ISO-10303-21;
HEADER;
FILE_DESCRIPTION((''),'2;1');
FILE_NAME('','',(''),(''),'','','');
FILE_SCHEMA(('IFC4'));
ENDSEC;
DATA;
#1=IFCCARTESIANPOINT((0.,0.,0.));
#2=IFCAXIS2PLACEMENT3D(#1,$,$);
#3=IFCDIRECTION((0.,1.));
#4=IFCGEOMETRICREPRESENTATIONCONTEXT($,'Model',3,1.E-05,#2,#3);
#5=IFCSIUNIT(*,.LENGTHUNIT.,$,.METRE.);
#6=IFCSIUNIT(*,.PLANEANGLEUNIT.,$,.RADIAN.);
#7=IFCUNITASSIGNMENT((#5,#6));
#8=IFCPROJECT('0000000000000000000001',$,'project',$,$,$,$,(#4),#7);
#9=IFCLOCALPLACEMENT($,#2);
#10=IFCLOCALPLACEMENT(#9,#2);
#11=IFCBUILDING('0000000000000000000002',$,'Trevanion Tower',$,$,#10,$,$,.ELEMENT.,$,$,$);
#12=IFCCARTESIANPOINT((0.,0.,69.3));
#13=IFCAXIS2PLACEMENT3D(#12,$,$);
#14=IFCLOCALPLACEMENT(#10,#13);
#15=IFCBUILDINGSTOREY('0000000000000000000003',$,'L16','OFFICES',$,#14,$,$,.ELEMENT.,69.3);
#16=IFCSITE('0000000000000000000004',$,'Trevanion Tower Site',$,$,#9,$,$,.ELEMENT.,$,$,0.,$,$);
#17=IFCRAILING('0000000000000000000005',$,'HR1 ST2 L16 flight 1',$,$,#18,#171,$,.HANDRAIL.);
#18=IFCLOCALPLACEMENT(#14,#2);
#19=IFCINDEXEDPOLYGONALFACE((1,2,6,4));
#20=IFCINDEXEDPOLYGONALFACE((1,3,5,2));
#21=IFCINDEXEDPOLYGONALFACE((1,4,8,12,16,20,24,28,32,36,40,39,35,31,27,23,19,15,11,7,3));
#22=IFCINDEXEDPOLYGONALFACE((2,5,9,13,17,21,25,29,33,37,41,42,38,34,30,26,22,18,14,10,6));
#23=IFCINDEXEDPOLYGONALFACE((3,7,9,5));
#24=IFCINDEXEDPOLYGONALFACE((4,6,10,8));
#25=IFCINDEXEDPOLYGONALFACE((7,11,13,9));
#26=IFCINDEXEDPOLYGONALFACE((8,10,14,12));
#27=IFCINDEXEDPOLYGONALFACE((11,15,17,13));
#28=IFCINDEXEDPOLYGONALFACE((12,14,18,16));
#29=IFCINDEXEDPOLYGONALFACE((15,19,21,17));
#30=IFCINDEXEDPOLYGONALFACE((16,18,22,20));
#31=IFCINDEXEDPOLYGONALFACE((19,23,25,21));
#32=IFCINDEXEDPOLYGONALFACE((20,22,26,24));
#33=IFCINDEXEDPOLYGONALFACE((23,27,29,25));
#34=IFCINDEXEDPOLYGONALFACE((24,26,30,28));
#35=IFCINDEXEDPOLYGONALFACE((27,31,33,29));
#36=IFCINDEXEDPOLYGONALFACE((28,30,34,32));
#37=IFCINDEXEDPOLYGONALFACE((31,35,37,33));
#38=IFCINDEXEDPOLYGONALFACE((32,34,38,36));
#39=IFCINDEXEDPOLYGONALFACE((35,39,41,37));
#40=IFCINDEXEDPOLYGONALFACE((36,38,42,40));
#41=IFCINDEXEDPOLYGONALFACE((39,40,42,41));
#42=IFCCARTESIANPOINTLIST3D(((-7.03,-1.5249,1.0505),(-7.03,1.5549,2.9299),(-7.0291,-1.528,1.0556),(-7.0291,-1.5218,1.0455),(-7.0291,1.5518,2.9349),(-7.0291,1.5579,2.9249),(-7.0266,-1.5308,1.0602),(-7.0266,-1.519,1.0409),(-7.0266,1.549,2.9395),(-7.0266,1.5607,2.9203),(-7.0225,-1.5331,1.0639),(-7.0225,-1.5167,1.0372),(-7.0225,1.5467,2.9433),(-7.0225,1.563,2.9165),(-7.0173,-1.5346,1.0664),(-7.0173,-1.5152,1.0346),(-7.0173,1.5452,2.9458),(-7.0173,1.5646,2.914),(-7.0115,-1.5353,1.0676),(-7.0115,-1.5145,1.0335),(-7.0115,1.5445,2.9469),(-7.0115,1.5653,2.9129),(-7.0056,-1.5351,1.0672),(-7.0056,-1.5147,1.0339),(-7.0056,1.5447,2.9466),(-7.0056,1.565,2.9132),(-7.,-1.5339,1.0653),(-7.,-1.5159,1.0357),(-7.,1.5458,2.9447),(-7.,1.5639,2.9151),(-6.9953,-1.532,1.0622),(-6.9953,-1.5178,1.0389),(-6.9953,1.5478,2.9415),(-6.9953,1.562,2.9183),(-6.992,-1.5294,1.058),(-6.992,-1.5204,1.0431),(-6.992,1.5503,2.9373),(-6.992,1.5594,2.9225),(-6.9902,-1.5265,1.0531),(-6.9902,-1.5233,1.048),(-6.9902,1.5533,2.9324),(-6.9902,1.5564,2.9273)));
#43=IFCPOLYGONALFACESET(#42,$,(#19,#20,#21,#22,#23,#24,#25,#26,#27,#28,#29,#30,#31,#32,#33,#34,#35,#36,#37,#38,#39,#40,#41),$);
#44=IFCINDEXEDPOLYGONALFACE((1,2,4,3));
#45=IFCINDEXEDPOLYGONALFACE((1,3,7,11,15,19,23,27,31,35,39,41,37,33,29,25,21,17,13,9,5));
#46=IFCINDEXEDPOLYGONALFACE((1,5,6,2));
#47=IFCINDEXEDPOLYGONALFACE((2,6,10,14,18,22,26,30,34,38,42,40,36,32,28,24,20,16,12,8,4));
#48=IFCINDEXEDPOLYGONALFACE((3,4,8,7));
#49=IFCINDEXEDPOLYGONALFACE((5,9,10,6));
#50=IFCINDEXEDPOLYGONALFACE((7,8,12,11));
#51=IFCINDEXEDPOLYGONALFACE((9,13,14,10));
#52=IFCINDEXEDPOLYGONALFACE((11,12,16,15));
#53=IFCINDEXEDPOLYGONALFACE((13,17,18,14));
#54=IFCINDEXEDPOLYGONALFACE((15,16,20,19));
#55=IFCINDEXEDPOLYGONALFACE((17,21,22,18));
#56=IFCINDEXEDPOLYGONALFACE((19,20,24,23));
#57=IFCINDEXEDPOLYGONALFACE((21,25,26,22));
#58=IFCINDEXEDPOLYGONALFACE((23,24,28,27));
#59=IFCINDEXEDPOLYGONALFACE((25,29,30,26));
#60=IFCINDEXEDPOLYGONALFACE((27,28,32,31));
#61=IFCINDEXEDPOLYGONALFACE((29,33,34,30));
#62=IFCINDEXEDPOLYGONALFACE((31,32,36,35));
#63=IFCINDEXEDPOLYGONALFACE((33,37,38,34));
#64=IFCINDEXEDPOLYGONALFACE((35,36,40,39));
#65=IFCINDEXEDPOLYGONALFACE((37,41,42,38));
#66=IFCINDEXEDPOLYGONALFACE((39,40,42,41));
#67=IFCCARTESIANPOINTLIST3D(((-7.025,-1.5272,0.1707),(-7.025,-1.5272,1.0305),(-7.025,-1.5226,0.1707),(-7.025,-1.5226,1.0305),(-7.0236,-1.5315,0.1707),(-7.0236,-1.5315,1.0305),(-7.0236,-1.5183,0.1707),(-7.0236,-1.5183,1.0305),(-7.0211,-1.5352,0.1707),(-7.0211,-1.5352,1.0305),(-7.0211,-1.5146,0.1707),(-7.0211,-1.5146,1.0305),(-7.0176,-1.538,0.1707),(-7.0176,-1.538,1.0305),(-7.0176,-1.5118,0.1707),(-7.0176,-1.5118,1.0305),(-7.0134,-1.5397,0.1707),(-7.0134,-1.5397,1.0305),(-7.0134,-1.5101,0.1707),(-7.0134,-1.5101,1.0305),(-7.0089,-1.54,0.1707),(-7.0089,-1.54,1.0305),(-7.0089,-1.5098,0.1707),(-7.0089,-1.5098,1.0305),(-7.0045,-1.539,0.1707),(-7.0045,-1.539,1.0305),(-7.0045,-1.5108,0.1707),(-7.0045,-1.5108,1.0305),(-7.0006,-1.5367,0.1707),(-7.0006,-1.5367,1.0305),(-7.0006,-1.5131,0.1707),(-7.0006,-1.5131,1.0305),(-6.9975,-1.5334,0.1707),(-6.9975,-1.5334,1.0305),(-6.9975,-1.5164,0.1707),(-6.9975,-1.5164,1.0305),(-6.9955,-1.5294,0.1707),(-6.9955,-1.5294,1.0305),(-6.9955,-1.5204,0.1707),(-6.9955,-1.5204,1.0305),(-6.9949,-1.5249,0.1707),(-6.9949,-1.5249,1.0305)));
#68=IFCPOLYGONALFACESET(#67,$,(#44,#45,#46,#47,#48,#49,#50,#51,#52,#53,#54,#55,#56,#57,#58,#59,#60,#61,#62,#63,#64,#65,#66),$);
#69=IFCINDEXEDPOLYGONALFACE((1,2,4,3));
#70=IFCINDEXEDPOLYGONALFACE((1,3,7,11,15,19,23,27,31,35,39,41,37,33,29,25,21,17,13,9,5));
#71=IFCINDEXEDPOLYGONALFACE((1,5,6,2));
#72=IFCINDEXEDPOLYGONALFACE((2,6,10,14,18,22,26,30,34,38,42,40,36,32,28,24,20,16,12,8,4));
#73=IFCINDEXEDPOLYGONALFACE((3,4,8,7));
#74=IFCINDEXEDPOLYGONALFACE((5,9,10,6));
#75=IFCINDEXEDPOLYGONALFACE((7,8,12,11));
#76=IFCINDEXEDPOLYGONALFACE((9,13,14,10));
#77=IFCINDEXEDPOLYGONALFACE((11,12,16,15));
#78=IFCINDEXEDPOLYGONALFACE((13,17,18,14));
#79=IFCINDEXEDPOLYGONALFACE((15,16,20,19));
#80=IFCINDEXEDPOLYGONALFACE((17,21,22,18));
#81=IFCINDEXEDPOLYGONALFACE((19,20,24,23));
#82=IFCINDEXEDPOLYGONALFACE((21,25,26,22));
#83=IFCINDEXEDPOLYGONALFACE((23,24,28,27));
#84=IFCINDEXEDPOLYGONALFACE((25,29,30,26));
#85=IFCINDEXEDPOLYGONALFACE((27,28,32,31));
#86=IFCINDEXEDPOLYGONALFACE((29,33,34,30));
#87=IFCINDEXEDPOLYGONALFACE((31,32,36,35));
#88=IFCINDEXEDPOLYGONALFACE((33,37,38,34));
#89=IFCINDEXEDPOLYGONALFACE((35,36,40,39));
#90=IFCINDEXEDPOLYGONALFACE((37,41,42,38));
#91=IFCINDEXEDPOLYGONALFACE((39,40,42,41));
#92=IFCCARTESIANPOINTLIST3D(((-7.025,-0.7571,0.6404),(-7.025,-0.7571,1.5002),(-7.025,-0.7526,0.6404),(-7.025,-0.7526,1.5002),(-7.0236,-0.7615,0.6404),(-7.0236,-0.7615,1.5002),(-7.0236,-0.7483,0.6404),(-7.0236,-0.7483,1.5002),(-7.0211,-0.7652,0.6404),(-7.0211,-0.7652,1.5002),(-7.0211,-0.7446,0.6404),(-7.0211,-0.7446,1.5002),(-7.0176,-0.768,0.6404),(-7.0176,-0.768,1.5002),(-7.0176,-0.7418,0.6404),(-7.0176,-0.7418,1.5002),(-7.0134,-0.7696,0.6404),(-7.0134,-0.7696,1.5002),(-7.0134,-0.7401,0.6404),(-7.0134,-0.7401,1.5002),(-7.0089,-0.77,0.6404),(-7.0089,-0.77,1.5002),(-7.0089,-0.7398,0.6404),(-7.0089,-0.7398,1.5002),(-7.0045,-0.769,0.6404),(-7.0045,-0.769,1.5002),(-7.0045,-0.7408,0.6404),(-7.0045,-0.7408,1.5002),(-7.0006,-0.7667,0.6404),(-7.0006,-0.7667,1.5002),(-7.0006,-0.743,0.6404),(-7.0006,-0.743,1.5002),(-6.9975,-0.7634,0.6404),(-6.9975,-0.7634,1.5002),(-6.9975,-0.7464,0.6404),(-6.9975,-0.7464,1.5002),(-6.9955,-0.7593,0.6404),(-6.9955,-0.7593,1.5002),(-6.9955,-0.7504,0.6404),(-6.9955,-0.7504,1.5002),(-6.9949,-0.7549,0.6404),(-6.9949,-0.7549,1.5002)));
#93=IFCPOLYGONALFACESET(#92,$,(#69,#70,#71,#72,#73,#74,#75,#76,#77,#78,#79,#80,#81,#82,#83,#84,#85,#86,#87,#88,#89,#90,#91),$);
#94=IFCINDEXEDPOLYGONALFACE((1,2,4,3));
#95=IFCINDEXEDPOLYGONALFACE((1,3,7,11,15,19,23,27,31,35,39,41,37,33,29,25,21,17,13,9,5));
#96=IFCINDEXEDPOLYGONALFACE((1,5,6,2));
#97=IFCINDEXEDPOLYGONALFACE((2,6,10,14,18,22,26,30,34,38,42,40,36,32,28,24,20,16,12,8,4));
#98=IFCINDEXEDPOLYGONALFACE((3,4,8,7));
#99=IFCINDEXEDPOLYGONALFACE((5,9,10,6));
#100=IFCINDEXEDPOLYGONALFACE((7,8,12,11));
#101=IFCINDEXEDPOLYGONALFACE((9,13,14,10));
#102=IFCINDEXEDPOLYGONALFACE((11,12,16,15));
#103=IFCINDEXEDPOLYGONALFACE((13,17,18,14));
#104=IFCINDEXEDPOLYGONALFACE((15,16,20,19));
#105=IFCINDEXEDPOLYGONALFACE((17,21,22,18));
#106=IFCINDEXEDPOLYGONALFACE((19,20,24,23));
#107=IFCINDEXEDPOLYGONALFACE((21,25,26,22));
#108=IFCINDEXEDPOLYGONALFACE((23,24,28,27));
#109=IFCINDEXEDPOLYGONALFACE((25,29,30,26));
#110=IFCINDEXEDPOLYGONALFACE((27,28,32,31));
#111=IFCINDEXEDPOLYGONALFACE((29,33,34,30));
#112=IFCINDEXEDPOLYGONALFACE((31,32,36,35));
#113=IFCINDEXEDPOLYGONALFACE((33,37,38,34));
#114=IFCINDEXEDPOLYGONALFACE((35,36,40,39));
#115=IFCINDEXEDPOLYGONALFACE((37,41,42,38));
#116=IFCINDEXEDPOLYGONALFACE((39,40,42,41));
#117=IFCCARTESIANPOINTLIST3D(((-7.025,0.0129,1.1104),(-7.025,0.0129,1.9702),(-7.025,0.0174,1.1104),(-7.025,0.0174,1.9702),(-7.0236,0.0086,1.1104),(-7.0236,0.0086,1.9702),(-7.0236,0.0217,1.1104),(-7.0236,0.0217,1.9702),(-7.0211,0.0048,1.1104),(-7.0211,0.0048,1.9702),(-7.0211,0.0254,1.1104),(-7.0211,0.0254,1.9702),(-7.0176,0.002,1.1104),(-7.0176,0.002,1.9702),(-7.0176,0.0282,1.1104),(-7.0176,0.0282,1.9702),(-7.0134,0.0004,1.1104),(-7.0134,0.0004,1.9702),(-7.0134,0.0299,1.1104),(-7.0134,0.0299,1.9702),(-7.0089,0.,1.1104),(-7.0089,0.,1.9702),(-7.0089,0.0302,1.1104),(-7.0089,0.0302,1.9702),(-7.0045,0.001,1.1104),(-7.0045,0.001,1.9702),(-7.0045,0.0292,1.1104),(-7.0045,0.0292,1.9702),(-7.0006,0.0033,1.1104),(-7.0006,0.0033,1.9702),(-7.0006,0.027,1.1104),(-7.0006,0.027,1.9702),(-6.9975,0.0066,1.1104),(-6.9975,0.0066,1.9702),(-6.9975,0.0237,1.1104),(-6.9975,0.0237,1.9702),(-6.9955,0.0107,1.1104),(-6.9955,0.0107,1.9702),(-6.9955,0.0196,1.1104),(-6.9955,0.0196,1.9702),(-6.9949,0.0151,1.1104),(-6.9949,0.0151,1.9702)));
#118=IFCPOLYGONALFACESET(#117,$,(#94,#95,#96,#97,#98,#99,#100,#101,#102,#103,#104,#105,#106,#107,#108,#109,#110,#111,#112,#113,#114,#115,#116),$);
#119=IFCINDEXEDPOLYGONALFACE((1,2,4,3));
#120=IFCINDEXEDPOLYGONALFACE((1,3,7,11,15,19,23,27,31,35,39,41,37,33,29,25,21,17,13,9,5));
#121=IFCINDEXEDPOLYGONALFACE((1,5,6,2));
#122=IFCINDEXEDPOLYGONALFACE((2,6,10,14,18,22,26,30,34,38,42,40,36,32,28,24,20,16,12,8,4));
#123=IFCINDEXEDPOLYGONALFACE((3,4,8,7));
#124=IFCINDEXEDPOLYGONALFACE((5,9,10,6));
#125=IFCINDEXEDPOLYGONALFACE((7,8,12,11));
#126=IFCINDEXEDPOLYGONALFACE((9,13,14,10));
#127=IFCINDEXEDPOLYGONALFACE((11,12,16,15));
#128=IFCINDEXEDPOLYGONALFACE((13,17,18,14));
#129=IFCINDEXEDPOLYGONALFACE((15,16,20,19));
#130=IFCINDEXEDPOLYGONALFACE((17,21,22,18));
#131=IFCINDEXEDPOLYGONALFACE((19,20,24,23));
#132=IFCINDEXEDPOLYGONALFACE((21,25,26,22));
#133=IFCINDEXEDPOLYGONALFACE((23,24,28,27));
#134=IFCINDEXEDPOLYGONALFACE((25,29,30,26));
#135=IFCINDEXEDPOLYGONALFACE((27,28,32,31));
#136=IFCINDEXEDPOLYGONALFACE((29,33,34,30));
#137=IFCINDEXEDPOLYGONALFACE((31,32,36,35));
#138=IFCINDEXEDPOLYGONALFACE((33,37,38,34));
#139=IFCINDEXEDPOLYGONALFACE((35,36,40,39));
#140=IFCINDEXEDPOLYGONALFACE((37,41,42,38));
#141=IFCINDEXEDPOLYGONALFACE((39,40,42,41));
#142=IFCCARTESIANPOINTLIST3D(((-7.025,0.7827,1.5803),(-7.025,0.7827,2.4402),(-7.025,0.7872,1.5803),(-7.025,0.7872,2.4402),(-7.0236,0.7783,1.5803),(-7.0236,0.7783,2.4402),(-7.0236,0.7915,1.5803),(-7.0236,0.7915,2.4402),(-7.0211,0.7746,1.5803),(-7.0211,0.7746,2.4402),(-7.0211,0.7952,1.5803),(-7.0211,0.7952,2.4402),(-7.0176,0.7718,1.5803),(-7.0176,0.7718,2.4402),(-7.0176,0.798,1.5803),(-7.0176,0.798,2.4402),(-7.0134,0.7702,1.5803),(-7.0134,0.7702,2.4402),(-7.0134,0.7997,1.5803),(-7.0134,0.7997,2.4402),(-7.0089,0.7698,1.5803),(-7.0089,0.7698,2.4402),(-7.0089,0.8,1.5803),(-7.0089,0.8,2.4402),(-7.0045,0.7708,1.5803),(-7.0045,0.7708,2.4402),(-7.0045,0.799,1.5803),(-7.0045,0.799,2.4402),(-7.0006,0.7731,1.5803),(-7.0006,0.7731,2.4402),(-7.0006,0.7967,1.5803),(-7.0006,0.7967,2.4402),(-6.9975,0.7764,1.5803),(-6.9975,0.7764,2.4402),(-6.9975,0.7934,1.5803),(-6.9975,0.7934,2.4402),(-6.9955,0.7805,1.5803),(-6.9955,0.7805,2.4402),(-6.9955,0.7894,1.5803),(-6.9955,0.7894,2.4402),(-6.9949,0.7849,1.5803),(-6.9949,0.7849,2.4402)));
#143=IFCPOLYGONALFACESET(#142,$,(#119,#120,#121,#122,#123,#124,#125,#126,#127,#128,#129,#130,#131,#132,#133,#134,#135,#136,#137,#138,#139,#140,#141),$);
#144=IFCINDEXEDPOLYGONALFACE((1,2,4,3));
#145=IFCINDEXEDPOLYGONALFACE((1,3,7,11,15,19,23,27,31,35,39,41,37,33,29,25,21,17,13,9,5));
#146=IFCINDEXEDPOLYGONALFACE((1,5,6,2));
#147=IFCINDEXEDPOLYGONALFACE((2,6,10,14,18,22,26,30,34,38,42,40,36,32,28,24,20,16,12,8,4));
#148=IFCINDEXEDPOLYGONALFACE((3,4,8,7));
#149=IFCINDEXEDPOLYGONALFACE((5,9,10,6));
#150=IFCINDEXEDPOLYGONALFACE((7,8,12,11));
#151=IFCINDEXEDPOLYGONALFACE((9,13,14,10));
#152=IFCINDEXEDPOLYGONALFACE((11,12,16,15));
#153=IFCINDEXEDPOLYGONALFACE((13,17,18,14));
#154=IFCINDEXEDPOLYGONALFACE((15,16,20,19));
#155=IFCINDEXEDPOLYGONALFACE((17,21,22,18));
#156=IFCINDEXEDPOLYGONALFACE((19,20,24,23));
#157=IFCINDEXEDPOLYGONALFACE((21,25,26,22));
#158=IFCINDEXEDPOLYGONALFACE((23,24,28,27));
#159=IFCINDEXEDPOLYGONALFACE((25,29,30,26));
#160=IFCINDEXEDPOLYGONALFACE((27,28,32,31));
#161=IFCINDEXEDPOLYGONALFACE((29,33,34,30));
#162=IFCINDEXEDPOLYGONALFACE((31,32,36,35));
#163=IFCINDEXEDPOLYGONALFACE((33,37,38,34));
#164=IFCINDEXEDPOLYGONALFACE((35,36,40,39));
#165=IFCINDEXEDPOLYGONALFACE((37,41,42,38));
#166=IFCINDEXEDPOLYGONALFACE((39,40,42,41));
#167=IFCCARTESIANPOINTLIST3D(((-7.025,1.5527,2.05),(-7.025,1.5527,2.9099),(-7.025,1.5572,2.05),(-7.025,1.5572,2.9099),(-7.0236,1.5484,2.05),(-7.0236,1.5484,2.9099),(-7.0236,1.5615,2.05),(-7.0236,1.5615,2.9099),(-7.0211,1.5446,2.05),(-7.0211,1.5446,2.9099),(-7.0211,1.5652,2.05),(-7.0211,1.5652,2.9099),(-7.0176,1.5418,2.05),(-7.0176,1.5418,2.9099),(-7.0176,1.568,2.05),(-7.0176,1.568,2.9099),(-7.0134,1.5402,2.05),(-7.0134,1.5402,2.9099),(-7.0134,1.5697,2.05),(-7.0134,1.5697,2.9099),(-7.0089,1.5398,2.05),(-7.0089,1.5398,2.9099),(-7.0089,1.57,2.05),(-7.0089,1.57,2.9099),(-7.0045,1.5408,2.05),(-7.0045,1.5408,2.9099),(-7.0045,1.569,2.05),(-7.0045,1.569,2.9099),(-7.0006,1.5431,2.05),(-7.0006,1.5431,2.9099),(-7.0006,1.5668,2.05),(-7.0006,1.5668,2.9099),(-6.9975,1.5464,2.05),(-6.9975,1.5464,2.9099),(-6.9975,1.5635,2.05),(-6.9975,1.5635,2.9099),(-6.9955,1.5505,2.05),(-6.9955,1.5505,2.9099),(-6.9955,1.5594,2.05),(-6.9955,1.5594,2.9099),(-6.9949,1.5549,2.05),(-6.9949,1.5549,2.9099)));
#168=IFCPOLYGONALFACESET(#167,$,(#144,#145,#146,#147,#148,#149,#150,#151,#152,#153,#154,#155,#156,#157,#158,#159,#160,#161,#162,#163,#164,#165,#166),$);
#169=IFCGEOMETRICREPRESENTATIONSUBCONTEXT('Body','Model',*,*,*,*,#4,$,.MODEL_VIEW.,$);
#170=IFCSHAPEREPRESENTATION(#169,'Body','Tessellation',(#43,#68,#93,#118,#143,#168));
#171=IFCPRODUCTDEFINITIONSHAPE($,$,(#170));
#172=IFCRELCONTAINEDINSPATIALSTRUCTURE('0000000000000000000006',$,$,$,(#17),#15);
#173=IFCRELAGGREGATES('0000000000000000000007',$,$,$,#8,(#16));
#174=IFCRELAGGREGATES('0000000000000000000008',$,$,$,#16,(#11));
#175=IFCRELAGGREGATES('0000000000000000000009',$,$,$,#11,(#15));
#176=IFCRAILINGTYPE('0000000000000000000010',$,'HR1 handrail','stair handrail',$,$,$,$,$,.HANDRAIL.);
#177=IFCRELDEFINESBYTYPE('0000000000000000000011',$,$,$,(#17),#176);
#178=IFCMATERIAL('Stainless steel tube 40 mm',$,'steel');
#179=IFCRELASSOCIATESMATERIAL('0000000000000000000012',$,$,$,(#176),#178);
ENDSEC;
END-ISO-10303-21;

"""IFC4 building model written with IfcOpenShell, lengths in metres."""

from ifc_helpers import new_model, si_unit, direction, frame, origin, origin_2d, place, context, subcontext, project, spatial, circle, extrude, material, type_object, element, save


model = new_model("IFC4")

# Units and contexts
model_context = context("Model", 3, precision=1e-05, world=origin(), true_north=direction((0.0, 1.0)))
body_context = subcontext(model_context, "Body", "Model", "MODEL_VIEW")
ifc_project = project(units=[si_unit("LENGTHUNIT", "METRE"), si_unit("PLANEANGLEUNIT", "RADIAN")], contexts=[model_context])

# Site, building, storey
site_placement = place(None, origin())
site = spatial("IfcSite", under=ifc_project, at=site_placement, Name="Trevanion Tower Site", CompositionType="ELEMENT", RefElevation=0.0)
building_placement = place(site_placement, origin())
building = spatial("IfcBuilding", under=site, at=building_placement, Name="Trevanion Tower", CompositionType="ELEMENT")
storey_placement = place(building_placement, frame((0.0, 0.0, 69.3)))
storey = spatial("IfcBuildingStorey", under=building, at=storey_placement, Name="L16", Description="OFFICES", CompositionType="ELEMENT", Elevation=69.3)

# Railing
ifc_material_1 = material(Name="Stainless steel tube 40 mm", Category="steel")
railing_type = type_object("IfcRailingType", Name="HR1 handrail", Description="stair handrail", PredefinedType="HANDRAIL", material=ifc_material_1)
for number, where, name in (
    (1, (-7.01, -1.5249, 0.1707), "HR1 ST2 L16 flight 1"),
):
    element("IfcRailing", number, at=place(storey_placement, frame(where)), inside=storey, type_object=railing_type, Name=name, PredefinedType="HANDRAIL", context=body_context, shape_type="SweptSolid", body=[
        extrude(circle(Radius=0.02, at=origin_2d()), frame((0.0, 0.0, 0.8799), z_axis=(0.0, 0.853618, 0.5209), x_axis=(-1.0, 0.0, 0.0)), (0.0, 0.0, 1.0), 3.6079),
        extrude(circle(Radius=0.0151, at=origin_2d()), origin(), (0.0, 0.0, 1.0), 0.8599),
        extrude(circle(Radius=0.0151, at=origin_2d()), frame((0.0, 0.77, 0.4697)), (0.0, 0.0, 1.0), 0.8599),
        extrude(circle(Radius=0.0151, at=origin_2d()), frame((0.0, 1.54, 0.9397)), (0.0, 0.0, 1.0), 0.8599),
        extrude(circle(Radius=0.0151, at=origin_2d()), frame((0.0, 2.3098, 1.4097)), (0.0, 0.0, 1.0), 0.8599),
        extrude(circle(Radius=0.0151, at=origin_2d()), frame((0.0, 3.0798, 1.8794)), (0.0, 0.0, 1.0), 0.8599),
    ])

save(model, "model.ifc")
